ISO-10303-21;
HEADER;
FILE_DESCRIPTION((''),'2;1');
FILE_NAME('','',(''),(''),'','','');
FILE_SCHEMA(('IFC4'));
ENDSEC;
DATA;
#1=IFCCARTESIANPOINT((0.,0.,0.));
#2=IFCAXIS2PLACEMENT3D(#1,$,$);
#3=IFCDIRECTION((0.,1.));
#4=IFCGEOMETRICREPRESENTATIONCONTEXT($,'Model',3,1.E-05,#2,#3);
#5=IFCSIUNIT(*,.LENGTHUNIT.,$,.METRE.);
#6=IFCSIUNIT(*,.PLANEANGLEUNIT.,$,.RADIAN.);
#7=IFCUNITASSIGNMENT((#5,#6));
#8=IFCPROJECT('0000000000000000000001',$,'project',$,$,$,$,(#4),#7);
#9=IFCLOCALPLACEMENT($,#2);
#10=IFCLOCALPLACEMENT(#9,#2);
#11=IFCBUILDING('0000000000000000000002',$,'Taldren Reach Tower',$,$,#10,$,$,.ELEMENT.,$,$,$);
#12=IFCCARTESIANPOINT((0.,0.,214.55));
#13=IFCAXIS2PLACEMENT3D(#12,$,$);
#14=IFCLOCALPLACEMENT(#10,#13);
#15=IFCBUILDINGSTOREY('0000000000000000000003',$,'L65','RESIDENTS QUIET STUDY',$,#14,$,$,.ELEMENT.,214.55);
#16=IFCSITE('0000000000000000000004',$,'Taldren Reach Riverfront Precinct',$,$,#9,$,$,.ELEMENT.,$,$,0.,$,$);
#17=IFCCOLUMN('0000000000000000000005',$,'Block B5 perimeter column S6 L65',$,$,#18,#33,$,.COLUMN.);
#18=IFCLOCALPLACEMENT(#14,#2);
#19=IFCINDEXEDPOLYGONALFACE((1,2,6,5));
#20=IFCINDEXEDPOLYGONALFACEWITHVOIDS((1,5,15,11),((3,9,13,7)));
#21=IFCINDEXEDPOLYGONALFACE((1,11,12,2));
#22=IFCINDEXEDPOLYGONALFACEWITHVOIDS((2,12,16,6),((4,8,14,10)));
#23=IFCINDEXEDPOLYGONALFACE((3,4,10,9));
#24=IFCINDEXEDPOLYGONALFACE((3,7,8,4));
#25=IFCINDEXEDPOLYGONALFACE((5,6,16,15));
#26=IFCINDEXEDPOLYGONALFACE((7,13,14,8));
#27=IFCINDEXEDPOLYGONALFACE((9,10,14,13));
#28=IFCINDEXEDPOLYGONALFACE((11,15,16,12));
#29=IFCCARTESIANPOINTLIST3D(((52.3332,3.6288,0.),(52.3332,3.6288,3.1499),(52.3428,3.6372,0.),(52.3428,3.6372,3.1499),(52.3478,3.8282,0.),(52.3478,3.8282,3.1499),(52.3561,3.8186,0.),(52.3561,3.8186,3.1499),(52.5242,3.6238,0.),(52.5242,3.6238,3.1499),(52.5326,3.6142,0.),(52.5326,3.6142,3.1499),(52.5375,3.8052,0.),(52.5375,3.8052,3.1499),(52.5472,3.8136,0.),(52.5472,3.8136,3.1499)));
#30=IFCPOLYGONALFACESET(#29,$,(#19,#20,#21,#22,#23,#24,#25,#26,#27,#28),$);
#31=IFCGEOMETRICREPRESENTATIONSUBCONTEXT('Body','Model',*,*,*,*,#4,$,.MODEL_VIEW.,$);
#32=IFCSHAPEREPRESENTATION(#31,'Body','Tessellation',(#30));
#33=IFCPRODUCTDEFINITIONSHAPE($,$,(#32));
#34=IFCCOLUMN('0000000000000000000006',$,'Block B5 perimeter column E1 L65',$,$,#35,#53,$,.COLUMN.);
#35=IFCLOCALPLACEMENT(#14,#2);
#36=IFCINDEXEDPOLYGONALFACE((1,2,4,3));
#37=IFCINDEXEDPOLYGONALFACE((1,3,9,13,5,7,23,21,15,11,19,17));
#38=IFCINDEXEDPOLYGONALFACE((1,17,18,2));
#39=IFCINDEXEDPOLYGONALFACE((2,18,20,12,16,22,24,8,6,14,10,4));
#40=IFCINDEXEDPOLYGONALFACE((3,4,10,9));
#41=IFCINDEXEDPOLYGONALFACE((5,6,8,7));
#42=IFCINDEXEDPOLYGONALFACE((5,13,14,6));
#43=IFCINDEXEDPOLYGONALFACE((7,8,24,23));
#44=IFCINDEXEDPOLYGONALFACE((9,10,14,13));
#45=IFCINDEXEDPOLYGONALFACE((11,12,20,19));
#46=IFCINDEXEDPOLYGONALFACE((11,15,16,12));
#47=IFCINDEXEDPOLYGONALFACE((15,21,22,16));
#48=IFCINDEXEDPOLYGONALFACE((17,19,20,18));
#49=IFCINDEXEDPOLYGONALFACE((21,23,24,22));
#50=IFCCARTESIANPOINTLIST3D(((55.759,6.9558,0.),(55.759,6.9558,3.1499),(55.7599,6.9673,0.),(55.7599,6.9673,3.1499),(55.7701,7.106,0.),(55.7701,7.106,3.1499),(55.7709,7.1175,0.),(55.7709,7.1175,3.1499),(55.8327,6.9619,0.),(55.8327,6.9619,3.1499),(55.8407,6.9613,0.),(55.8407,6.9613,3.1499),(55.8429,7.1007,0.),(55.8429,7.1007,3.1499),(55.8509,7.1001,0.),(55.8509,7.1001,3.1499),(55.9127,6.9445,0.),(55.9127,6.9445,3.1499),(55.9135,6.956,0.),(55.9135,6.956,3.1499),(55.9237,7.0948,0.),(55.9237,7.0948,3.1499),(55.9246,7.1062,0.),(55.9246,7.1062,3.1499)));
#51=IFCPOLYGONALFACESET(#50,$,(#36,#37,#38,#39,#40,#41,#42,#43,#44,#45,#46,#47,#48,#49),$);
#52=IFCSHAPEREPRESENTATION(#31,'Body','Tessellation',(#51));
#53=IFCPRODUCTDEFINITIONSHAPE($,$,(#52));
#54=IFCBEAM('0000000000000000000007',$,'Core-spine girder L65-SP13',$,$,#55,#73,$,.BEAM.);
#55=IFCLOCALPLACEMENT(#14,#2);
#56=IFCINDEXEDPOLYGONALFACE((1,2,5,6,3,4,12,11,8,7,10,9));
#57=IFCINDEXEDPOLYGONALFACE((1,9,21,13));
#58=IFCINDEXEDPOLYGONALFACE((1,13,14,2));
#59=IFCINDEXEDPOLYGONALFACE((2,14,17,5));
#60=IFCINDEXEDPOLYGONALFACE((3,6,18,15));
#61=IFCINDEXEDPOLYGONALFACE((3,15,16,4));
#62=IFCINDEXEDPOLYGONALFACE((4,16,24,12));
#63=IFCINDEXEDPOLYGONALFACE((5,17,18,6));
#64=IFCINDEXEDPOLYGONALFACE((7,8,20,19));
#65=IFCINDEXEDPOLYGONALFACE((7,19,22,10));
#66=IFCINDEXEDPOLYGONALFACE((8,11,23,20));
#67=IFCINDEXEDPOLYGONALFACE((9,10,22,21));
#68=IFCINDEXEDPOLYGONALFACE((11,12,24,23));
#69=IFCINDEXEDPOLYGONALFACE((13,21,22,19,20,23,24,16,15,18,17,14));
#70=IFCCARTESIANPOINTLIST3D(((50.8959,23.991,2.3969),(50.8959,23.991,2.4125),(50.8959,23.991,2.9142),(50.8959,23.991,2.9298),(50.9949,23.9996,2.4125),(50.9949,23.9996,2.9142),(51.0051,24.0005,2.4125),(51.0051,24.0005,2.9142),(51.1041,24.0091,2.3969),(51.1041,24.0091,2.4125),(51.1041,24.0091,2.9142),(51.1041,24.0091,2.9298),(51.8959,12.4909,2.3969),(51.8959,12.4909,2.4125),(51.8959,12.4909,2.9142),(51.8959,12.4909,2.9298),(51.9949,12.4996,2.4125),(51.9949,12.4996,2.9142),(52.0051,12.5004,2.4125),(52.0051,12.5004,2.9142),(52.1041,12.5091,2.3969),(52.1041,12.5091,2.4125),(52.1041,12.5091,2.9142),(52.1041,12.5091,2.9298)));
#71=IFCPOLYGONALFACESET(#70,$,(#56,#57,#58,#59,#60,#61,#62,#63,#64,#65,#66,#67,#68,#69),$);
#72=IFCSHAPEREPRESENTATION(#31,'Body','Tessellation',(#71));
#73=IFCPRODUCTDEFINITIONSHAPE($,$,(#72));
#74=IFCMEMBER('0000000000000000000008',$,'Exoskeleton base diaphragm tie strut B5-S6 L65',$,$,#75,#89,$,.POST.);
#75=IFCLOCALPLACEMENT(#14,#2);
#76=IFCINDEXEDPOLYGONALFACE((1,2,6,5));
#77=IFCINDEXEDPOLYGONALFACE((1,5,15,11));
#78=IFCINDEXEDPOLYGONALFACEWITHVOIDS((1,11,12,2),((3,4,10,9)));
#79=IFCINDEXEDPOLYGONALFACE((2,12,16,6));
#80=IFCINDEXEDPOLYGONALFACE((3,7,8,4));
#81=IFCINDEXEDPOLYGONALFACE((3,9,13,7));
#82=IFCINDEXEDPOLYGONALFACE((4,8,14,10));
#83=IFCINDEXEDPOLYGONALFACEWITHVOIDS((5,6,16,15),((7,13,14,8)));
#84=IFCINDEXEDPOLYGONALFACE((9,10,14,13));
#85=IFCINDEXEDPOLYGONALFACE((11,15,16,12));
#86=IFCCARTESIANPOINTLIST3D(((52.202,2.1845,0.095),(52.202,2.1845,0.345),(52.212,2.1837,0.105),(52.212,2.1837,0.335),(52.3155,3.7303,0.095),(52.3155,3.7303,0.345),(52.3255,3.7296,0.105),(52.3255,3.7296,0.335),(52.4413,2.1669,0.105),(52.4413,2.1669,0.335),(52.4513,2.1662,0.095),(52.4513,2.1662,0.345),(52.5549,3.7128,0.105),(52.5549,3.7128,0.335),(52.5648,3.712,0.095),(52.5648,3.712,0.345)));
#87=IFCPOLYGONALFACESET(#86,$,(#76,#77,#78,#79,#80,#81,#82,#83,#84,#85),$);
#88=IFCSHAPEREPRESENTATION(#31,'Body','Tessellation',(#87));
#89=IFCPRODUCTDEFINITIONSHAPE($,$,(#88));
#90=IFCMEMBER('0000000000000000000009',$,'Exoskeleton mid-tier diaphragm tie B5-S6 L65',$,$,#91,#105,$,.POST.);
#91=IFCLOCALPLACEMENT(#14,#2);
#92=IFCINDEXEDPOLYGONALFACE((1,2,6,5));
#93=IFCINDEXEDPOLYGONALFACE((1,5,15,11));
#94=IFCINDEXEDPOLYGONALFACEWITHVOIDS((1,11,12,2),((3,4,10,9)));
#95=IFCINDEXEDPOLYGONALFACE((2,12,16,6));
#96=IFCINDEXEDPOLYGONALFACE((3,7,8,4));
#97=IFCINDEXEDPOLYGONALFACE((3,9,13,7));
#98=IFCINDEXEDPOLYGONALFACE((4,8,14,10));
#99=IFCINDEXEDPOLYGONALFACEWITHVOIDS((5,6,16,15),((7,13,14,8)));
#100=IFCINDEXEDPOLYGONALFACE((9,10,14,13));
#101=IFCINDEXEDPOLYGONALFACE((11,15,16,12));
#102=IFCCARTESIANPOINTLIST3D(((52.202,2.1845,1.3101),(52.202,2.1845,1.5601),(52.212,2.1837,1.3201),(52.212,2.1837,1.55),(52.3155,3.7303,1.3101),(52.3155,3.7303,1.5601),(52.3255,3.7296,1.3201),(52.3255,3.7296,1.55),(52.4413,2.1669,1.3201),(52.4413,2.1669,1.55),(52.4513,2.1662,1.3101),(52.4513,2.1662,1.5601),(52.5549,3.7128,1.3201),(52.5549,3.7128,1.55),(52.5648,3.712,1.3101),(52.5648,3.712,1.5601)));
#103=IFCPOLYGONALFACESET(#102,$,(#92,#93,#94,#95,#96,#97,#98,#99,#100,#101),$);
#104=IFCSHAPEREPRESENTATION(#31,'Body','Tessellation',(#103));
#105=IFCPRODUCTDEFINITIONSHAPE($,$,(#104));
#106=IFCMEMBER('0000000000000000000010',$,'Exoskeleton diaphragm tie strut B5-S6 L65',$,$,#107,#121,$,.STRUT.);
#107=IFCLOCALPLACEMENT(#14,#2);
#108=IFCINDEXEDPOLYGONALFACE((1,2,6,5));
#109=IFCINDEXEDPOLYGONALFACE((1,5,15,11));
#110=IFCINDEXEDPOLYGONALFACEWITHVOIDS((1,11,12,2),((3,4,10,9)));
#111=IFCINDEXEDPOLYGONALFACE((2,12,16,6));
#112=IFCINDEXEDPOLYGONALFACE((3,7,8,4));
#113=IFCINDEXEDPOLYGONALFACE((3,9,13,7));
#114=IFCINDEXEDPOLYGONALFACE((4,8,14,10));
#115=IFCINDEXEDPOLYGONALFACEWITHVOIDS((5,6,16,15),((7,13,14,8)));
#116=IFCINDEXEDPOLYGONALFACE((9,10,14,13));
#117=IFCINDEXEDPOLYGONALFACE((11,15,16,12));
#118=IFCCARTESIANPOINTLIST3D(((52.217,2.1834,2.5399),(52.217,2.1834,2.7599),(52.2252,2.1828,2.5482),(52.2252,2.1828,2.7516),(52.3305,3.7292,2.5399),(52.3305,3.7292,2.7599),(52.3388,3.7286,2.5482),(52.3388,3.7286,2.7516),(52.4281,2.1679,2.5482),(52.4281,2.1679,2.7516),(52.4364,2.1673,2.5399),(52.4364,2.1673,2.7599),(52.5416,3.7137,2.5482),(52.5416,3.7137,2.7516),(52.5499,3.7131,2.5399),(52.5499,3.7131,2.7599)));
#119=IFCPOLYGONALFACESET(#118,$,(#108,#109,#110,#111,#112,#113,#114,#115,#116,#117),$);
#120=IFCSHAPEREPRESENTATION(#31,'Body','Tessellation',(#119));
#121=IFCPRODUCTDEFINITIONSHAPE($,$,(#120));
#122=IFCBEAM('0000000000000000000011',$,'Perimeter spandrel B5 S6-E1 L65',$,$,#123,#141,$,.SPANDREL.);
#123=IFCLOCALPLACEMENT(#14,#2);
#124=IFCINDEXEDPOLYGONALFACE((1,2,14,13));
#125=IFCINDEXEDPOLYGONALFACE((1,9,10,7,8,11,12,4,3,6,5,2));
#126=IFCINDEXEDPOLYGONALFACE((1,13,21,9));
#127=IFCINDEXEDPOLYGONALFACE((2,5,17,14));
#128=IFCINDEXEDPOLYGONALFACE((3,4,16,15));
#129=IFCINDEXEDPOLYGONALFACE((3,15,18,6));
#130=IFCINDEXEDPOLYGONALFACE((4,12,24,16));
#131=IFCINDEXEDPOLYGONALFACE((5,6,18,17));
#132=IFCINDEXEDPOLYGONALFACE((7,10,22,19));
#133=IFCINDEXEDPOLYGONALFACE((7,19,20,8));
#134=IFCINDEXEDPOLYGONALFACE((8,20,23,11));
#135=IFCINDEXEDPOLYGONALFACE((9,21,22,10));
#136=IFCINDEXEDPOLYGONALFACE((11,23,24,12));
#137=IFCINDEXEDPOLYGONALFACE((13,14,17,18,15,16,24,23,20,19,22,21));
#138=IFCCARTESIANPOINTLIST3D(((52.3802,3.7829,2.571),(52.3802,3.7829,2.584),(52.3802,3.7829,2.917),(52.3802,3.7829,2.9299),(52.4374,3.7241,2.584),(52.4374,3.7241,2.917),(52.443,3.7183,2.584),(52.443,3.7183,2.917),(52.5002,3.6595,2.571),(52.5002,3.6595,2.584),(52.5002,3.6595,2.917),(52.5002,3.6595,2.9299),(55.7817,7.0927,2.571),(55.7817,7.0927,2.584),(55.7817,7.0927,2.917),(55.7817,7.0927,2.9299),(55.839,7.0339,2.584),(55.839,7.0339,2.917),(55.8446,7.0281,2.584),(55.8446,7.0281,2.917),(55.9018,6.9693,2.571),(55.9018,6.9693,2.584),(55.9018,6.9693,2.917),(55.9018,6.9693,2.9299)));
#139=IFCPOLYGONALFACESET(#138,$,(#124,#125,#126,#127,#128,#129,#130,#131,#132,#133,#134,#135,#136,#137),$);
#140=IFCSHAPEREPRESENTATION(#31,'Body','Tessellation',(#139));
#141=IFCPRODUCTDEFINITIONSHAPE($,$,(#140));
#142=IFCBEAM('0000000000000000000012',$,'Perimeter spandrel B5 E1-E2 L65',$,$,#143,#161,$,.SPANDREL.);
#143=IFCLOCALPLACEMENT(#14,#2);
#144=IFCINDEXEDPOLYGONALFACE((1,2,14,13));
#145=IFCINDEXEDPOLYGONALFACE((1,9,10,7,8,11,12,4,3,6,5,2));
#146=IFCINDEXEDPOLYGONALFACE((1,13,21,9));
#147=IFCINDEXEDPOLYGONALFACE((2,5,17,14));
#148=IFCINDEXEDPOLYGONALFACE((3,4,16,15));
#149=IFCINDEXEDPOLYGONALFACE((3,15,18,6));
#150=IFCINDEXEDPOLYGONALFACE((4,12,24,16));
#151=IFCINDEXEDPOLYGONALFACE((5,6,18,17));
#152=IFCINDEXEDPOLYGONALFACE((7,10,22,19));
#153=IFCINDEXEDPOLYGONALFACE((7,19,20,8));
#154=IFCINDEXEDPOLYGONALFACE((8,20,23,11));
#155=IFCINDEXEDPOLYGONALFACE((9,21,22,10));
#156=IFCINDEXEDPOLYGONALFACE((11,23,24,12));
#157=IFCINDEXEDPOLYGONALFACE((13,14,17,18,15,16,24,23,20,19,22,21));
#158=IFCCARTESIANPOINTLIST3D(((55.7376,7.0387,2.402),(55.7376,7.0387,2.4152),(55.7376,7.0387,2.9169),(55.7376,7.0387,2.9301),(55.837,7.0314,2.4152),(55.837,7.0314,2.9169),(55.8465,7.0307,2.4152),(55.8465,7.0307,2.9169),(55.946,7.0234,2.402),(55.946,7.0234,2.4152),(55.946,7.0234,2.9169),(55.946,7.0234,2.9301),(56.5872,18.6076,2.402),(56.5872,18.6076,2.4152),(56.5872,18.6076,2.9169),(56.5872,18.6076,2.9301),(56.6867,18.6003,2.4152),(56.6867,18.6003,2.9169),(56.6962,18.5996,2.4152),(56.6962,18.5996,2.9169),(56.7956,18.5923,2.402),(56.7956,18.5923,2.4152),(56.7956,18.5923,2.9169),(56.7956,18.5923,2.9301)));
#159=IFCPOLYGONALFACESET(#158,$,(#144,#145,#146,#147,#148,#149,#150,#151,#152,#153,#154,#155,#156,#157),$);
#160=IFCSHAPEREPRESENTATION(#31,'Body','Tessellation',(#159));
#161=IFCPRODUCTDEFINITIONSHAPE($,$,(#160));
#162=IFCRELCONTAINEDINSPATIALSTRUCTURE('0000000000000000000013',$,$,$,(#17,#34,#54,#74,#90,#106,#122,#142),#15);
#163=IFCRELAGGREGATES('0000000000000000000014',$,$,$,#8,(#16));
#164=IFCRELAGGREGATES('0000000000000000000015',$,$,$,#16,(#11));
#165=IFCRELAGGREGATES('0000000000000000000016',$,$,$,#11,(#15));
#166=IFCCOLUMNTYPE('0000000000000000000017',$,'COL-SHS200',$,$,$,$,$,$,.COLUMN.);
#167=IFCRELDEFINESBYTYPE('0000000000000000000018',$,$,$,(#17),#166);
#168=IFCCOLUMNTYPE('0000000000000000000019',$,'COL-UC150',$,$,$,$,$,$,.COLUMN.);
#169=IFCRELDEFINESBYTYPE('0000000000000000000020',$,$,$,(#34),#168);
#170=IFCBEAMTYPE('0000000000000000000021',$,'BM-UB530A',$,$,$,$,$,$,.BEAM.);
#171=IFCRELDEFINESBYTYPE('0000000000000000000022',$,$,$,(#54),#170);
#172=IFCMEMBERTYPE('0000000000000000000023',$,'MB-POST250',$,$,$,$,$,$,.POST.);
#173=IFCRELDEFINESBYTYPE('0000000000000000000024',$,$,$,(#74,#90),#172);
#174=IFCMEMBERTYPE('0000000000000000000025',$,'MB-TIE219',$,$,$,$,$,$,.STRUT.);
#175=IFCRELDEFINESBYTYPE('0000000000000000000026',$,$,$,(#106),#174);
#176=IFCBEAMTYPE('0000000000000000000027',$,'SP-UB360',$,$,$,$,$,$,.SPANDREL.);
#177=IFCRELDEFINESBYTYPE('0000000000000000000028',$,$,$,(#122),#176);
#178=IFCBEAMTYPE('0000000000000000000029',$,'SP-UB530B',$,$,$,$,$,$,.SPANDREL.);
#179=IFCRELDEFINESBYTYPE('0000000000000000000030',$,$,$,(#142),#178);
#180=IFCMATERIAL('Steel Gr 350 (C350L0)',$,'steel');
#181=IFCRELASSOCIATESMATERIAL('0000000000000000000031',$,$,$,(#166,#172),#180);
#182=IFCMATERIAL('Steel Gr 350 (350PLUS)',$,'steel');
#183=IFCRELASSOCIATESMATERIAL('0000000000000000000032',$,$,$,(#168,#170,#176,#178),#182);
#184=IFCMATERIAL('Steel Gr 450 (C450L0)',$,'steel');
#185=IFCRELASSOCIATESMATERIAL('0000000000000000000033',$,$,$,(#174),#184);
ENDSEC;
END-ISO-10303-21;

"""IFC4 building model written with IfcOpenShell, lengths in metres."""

from ifc_helpers import new_model, si_unit, direction, frame, origin, origin_2d, place, context, subcontext, project, spatial, hollow_rectangle, i_section, extrude, source, transform, mapped, material, material_profile, profile_set, type_object, element, save


model = new_model("IFC4")

# Units and contexts
model_context = context("Model", 3, precision=1e-05, world=origin(), true_north=direction((0.0, 1.0)))
body_context = subcontext(model_context, "Body", "Model", "MODEL_VIEW")
ifc_project = project(units=[si_unit("LENGTHUNIT", "METRE"), si_unit("PLANEANGLEUNIT", "RADIAN")], contexts=[model_context])

# Site, building, storey
site_placement = place(None, origin())
site = spatial("IfcSite", under=ifc_project, at=site_placement, Name="Taldren Reach Riverfront Precinct", CompositionType="ELEMENT", RefElevation=0.0)
building_placement = place(site_placement, origin())
building = spatial("IfcBuilding", under=site, at=building_placement, Name="Taldren Reach Tower", CompositionType="ELEMENT")
storey_placement = place(building_placement, frame((0.0, 0.0, 214.55)))
storey = spatial("IfcBuildingStorey", under=building, at=storey_placement, Name="L65", Description="RESIDENTS QUIET STUDY", CompositionType="ELEMENT", Elevation=214.55)

# Columns
ifc_material_1 = material(Name="Steel Gr 350 (C350L0)", Category="steel")
ifc_material_profile_1 = material_profile(ifc_material_1, hollow_rectangle(XDim=0.2, YDim=0.2, WallThickness=0.009, at=origin_2d()), Name="200x200x9.0SHS")
ifc_profile_set_1 = profile_set([ifc_material_profile_1], Name="Steel Gr 350 (C350L0)")
column_type_1 = type_object("IfcColumnType", Name="COL-SHS200", PredefinedType="COLUMN", material=ifc_profile_set_1)
shared_shape_1 = source(origin(), body_context, "Body", "SweptSolid", [
    extrude(hollow_rectangle(XDim=0.2, YDim=0.2, WallThickness=0.009, at=origin_2d()), origin(), (0.0, 0.0, 1.0), 3.1499),
])
column_1_placement = place(storey_placement, frame((52.4402, 3.7212, 0.0), z_axis=(0.0, 0.0, 1.0), x_axis=(0.997314, -0.073238, 0.0)))
element("IfcColumn", 1, at=column_1_placement, inside=storey, type_object=column_type_1, Name="Block B5 perimeter column S6 L65", PredefinedType="COLUMN", context=body_context, shape_type="MappedRepresentation", body=[
    mapped(shared_shape_1, transform((0.0, 0.0, 0.0), scale=1.0)),
])
ifc_material_2 = material(Name="Steel Gr 350 (350PLUS)", Category="steel")
ifc_material_profile_2 = material_profile(ifc_material_2, i_section(OverallWidth=0.1541, OverallDepth=0.1621, WebThickness=0.0081, FlangeThickness=0.0115, at=origin_2d()), Name="150UC37.2")
ifc_profile_set_2 = profile_set([ifc_material_profile_2], Name="Steel Gr 350 (350PLUS)")
column_type_2 = type_object("IfcColumnType", Name="COL-UC150", PredefinedType="COLUMN", material=ifc_profile_set_2)
shared_shape_2 = source(origin(), body_context, "Body", "SweptSolid", [
    extrude(i_section(OverallWidth=0.1541, OverallDepth=0.1621, WebThickness=0.0081, FlangeThickness=0.0115, at=origin_2d()), origin(), (0.0, 0.0, 1.0), 3.1499),
])
column_2_placement = place(storey_placement, frame((55.8418, 7.031, 0.0), z_axis=(0.0, 0.0, 1.0), x_axis=(0.997314, -0.073238, 0.0)))
element("IfcColumn", 2, at=column_2_placement, inside=storey, type_object=column_type_2, Name="Block B5 perimeter column E1 L65", PredefinedType="COLUMN", context=body_context, shape_type="MappedRepresentation", body=[
    mapped(shared_shape_2, transform((0.0, 0.0, 0.0), scale=1.0)),
])

# Beam
ifc_material_profile_3 = material_profile(ifc_material_2, i_section(OverallWidth=0.209, OverallDepth=0.533, WebThickness=0.0103, FlangeThickness=0.0156, at=origin_2d()), Name="530UB92.4")
ifc_profile_set_3 = profile_set([ifc_material_profile_3], Name="Steel Gr 350 (350PLUS)")
beam_type_1 = type_object("IfcBeamType", Name="BM-UB530A", PredefinedType="BEAM", material=ifc_profile_set_3)
shared_shape_3 = source(origin(), body_context, "Body", "SweptSolid", [
    extrude(i_section(OverallWidth=0.209, OverallDepth=0.533, WebThickness=0.0103, FlangeThickness=0.0156, at=origin_2d()), origin(), (0.0, 0.0, 1.0), 11.5435),
])
beam_1_placement = place(storey_placement, frame((52.0, 12.5, 2.6633), z_axis=(-0.08663, 0.996241, 0.0), x_axis=(-0.996241, -0.08663, 0.0)))
element("IfcBeam", 3, at=beam_1_placement, inside=storey, type_object=beam_type_1, Name="Core-spine girder L65-SP13", PredefinedType="BEAM", context=body_context, shape_type="MappedRepresentation", body=[
    mapped(shared_shape_3, transform((0.0, 0.0, 0.0), scale=1.0)),
])

# Members
ifc_material_profile_4 = material_profile(ifc_material_1, hollow_rectangle(XDim=0.25, YDim=0.25, WallThickness=0.01, at=origin_2d()), Name="250x250x10.0SHS")
ifc_profile_set_4 = profile_set([ifc_material_profile_4], Name="Steel Gr 350 (C350L0)")
member_type_1 = type_object("IfcMemberType", Name="MB-POST250", PredefinedType="POST", material=ifc_profile_set_4)
shared_shape_4 = source(origin(), body_context, "Body", "SweptSolid", [
    extrude(hollow_rectangle(XDim=0.25, YDim=0.25, WallThickness=0.01, at=origin_2d()), origin(), (0.0, 0.0, 1.0), 1.55),
])
for number, where, z_axis, x_axis, name in (
    (4, (52.4402, 3.7212, 0.22), (-0.073239, -0.997314, 0.0), (0.997314, -0.073239, 0.0), "Exoskeleton base diaphragm tie strut B5-S6 L65"),
    (5, (52.4402, 3.7212, 1.4351), (-0.073239, -0.997314, 0.0), (0.997314, -0.073239, 0.0), "Exoskeleton mid-tier diaphragm tie B5-S6 L65"),
):
    element("IfcMember", number, at=place(storey_placement, frame(where, z_axis=z_axis, x_axis=x_axis)), inside=storey, type_object=member_type_1, Name=name, PredefinedType="POST", context=body_context, shape_type="MappedRepresentation", body=[
        mapped(shared_shape_4, transform((0.0, 0.0, 0.0), scale=1.0)),
    ])
ifc_material_3 = material(Name="Steel Gr 450 (C450L0)", Category="steel")
ifc_material_profile_5 = material_profile(ifc_material_3, hollow_rectangle(XDim=0.22, YDim=0.22, WallThickness=0.0083, at=origin_2d()), Name="220x220x8.2SHS")
ifc_profile_set_5 = profile_set([ifc_material_profile_5], Name="Steel Gr 450 (C450L0)")
member_type_2 = type_object("IfcMemberType", Name="MB-TIE219", PredefinedType="STRUT", material=ifc_profile_set_5)
shared_shape_5 = source(origin(), body_context, "Body", "SweptSolid", [
    extrude(hollow_rectangle(XDim=0.22, YDim=0.22, WallThickness=0.0083, at=origin_2d()), origin(), (0.0, 0.0, 1.0), 1.55),
])
member_1_placement = place(storey_placement, frame((52.4402, 3.7212, 2.6499), z_axis=(-0.073239, -0.997314, 0.0), x_axis=(0.997314, -0.073239, 0.0)))
element("IfcMember", 6, at=member_1_placement, inside=storey, type_object=member_type_2, Name="Exoskeleton diaphragm tie strut B5-S6 L65", PredefinedType="STRUT", context=body_context, shape_type="MappedRepresentation", body=[
    mapped(shared_shape_5, transform((0.0, 0.0, 0.0), scale=1.0)),
])

# Beams
ifc_material_profile_6 = material_profile(ifc_material_2, i_section(OverallWidth=0.1721, OverallDepth=0.3589, WebThickness=0.0081, FlangeThickness=0.0129, at=origin_2d()), Name="360UB56.7")
ifc_profile_set_6 = profile_set([ifc_material_profile_6], Name="Steel Gr 350 (350PLUS)")
beam_type_2 = type_object("IfcBeamType", Name="SP-UB360", PredefinedType="SPANDREL", material=ifc_profile_set_6)
shared_shape_6 = source(origin(), body_context, "Body", "SweptSolid", [
    extrude(i_section(OverallWidth=0.1721, OverallDepth=0.3589, WebThickness=0.0081, FlangeThickness=0.0129, at=origin_2d()), origin(), (0.0, 0.0, 1.0), 4.7461),
])
beam_2_placement = place(storey_placement, frame((52.4402, 3.7212, 2.7505), z_axis=(0.716711, 0.69737, 0.0), x_axis=(-0.69737, 0.716711, 0.0)))
element("IfcBeam", 7, at=beam_2_placement, inside=storey, type_object=beam_type_2, Name="Perimeter spandrel B5 S6-E1 L65", PredefinedType="SPANDREL", context=body_context, shape_type="MappedRepresentation", body=[
    mapped(shared_shape_6, transform((0.0, 0.0, 0.0), scale=1.0)),
])
ifc_material_profile_7 = material_profile(ifc_material_2, i_section(OverallWidth=0.209, OverallDepth=0.5281, WebThickness=0.0095, FlangeThickness=0.0132, at=origin_2d()), Name="530UB82.0")
ifc_profile_set_7 = profile_set([ifc_material_profile_7], Name="Steel Gr 350 (350PLUS)")
beam_type_3 = type_object("IfcBeamType", Name="SP-UB530B", PredefinedType="SPANDREL", material=ifc_profile_set_7)
shared_shape_7 = source(origin(), body_context, "Body", "SweptSolid", [
    extrude(i_section(OverallWidth=0.209, OverallDepth=0.5281, WebThickness=0.0095, FlangeThickness=0.0132, at=origin_2d()), origin(), (0.0, 0.0, 1.0), 11.6001),
])
beam_3_placement = place(storey_placement, frame((55.8418, 7.031, 2.666), z_axis=(0.073242, 0.997314, 0.0), x_axis=(-0.997314, 0.073242, 0.0)))
element("IfcBeam", 8, at=beam_3_placement, inside=storey, type_object=beam_type_3, Name="Perimeter spandrel B5 E1-E2 L65", PredefinedType="SPANDREL", context=body_context, shape_type="MappedRepresentation", body=[
    mapped(shared_shape_7, transform((0.0, 0.0, 0.0), scale=1.0)),
])

save(model, "model.ifc")
